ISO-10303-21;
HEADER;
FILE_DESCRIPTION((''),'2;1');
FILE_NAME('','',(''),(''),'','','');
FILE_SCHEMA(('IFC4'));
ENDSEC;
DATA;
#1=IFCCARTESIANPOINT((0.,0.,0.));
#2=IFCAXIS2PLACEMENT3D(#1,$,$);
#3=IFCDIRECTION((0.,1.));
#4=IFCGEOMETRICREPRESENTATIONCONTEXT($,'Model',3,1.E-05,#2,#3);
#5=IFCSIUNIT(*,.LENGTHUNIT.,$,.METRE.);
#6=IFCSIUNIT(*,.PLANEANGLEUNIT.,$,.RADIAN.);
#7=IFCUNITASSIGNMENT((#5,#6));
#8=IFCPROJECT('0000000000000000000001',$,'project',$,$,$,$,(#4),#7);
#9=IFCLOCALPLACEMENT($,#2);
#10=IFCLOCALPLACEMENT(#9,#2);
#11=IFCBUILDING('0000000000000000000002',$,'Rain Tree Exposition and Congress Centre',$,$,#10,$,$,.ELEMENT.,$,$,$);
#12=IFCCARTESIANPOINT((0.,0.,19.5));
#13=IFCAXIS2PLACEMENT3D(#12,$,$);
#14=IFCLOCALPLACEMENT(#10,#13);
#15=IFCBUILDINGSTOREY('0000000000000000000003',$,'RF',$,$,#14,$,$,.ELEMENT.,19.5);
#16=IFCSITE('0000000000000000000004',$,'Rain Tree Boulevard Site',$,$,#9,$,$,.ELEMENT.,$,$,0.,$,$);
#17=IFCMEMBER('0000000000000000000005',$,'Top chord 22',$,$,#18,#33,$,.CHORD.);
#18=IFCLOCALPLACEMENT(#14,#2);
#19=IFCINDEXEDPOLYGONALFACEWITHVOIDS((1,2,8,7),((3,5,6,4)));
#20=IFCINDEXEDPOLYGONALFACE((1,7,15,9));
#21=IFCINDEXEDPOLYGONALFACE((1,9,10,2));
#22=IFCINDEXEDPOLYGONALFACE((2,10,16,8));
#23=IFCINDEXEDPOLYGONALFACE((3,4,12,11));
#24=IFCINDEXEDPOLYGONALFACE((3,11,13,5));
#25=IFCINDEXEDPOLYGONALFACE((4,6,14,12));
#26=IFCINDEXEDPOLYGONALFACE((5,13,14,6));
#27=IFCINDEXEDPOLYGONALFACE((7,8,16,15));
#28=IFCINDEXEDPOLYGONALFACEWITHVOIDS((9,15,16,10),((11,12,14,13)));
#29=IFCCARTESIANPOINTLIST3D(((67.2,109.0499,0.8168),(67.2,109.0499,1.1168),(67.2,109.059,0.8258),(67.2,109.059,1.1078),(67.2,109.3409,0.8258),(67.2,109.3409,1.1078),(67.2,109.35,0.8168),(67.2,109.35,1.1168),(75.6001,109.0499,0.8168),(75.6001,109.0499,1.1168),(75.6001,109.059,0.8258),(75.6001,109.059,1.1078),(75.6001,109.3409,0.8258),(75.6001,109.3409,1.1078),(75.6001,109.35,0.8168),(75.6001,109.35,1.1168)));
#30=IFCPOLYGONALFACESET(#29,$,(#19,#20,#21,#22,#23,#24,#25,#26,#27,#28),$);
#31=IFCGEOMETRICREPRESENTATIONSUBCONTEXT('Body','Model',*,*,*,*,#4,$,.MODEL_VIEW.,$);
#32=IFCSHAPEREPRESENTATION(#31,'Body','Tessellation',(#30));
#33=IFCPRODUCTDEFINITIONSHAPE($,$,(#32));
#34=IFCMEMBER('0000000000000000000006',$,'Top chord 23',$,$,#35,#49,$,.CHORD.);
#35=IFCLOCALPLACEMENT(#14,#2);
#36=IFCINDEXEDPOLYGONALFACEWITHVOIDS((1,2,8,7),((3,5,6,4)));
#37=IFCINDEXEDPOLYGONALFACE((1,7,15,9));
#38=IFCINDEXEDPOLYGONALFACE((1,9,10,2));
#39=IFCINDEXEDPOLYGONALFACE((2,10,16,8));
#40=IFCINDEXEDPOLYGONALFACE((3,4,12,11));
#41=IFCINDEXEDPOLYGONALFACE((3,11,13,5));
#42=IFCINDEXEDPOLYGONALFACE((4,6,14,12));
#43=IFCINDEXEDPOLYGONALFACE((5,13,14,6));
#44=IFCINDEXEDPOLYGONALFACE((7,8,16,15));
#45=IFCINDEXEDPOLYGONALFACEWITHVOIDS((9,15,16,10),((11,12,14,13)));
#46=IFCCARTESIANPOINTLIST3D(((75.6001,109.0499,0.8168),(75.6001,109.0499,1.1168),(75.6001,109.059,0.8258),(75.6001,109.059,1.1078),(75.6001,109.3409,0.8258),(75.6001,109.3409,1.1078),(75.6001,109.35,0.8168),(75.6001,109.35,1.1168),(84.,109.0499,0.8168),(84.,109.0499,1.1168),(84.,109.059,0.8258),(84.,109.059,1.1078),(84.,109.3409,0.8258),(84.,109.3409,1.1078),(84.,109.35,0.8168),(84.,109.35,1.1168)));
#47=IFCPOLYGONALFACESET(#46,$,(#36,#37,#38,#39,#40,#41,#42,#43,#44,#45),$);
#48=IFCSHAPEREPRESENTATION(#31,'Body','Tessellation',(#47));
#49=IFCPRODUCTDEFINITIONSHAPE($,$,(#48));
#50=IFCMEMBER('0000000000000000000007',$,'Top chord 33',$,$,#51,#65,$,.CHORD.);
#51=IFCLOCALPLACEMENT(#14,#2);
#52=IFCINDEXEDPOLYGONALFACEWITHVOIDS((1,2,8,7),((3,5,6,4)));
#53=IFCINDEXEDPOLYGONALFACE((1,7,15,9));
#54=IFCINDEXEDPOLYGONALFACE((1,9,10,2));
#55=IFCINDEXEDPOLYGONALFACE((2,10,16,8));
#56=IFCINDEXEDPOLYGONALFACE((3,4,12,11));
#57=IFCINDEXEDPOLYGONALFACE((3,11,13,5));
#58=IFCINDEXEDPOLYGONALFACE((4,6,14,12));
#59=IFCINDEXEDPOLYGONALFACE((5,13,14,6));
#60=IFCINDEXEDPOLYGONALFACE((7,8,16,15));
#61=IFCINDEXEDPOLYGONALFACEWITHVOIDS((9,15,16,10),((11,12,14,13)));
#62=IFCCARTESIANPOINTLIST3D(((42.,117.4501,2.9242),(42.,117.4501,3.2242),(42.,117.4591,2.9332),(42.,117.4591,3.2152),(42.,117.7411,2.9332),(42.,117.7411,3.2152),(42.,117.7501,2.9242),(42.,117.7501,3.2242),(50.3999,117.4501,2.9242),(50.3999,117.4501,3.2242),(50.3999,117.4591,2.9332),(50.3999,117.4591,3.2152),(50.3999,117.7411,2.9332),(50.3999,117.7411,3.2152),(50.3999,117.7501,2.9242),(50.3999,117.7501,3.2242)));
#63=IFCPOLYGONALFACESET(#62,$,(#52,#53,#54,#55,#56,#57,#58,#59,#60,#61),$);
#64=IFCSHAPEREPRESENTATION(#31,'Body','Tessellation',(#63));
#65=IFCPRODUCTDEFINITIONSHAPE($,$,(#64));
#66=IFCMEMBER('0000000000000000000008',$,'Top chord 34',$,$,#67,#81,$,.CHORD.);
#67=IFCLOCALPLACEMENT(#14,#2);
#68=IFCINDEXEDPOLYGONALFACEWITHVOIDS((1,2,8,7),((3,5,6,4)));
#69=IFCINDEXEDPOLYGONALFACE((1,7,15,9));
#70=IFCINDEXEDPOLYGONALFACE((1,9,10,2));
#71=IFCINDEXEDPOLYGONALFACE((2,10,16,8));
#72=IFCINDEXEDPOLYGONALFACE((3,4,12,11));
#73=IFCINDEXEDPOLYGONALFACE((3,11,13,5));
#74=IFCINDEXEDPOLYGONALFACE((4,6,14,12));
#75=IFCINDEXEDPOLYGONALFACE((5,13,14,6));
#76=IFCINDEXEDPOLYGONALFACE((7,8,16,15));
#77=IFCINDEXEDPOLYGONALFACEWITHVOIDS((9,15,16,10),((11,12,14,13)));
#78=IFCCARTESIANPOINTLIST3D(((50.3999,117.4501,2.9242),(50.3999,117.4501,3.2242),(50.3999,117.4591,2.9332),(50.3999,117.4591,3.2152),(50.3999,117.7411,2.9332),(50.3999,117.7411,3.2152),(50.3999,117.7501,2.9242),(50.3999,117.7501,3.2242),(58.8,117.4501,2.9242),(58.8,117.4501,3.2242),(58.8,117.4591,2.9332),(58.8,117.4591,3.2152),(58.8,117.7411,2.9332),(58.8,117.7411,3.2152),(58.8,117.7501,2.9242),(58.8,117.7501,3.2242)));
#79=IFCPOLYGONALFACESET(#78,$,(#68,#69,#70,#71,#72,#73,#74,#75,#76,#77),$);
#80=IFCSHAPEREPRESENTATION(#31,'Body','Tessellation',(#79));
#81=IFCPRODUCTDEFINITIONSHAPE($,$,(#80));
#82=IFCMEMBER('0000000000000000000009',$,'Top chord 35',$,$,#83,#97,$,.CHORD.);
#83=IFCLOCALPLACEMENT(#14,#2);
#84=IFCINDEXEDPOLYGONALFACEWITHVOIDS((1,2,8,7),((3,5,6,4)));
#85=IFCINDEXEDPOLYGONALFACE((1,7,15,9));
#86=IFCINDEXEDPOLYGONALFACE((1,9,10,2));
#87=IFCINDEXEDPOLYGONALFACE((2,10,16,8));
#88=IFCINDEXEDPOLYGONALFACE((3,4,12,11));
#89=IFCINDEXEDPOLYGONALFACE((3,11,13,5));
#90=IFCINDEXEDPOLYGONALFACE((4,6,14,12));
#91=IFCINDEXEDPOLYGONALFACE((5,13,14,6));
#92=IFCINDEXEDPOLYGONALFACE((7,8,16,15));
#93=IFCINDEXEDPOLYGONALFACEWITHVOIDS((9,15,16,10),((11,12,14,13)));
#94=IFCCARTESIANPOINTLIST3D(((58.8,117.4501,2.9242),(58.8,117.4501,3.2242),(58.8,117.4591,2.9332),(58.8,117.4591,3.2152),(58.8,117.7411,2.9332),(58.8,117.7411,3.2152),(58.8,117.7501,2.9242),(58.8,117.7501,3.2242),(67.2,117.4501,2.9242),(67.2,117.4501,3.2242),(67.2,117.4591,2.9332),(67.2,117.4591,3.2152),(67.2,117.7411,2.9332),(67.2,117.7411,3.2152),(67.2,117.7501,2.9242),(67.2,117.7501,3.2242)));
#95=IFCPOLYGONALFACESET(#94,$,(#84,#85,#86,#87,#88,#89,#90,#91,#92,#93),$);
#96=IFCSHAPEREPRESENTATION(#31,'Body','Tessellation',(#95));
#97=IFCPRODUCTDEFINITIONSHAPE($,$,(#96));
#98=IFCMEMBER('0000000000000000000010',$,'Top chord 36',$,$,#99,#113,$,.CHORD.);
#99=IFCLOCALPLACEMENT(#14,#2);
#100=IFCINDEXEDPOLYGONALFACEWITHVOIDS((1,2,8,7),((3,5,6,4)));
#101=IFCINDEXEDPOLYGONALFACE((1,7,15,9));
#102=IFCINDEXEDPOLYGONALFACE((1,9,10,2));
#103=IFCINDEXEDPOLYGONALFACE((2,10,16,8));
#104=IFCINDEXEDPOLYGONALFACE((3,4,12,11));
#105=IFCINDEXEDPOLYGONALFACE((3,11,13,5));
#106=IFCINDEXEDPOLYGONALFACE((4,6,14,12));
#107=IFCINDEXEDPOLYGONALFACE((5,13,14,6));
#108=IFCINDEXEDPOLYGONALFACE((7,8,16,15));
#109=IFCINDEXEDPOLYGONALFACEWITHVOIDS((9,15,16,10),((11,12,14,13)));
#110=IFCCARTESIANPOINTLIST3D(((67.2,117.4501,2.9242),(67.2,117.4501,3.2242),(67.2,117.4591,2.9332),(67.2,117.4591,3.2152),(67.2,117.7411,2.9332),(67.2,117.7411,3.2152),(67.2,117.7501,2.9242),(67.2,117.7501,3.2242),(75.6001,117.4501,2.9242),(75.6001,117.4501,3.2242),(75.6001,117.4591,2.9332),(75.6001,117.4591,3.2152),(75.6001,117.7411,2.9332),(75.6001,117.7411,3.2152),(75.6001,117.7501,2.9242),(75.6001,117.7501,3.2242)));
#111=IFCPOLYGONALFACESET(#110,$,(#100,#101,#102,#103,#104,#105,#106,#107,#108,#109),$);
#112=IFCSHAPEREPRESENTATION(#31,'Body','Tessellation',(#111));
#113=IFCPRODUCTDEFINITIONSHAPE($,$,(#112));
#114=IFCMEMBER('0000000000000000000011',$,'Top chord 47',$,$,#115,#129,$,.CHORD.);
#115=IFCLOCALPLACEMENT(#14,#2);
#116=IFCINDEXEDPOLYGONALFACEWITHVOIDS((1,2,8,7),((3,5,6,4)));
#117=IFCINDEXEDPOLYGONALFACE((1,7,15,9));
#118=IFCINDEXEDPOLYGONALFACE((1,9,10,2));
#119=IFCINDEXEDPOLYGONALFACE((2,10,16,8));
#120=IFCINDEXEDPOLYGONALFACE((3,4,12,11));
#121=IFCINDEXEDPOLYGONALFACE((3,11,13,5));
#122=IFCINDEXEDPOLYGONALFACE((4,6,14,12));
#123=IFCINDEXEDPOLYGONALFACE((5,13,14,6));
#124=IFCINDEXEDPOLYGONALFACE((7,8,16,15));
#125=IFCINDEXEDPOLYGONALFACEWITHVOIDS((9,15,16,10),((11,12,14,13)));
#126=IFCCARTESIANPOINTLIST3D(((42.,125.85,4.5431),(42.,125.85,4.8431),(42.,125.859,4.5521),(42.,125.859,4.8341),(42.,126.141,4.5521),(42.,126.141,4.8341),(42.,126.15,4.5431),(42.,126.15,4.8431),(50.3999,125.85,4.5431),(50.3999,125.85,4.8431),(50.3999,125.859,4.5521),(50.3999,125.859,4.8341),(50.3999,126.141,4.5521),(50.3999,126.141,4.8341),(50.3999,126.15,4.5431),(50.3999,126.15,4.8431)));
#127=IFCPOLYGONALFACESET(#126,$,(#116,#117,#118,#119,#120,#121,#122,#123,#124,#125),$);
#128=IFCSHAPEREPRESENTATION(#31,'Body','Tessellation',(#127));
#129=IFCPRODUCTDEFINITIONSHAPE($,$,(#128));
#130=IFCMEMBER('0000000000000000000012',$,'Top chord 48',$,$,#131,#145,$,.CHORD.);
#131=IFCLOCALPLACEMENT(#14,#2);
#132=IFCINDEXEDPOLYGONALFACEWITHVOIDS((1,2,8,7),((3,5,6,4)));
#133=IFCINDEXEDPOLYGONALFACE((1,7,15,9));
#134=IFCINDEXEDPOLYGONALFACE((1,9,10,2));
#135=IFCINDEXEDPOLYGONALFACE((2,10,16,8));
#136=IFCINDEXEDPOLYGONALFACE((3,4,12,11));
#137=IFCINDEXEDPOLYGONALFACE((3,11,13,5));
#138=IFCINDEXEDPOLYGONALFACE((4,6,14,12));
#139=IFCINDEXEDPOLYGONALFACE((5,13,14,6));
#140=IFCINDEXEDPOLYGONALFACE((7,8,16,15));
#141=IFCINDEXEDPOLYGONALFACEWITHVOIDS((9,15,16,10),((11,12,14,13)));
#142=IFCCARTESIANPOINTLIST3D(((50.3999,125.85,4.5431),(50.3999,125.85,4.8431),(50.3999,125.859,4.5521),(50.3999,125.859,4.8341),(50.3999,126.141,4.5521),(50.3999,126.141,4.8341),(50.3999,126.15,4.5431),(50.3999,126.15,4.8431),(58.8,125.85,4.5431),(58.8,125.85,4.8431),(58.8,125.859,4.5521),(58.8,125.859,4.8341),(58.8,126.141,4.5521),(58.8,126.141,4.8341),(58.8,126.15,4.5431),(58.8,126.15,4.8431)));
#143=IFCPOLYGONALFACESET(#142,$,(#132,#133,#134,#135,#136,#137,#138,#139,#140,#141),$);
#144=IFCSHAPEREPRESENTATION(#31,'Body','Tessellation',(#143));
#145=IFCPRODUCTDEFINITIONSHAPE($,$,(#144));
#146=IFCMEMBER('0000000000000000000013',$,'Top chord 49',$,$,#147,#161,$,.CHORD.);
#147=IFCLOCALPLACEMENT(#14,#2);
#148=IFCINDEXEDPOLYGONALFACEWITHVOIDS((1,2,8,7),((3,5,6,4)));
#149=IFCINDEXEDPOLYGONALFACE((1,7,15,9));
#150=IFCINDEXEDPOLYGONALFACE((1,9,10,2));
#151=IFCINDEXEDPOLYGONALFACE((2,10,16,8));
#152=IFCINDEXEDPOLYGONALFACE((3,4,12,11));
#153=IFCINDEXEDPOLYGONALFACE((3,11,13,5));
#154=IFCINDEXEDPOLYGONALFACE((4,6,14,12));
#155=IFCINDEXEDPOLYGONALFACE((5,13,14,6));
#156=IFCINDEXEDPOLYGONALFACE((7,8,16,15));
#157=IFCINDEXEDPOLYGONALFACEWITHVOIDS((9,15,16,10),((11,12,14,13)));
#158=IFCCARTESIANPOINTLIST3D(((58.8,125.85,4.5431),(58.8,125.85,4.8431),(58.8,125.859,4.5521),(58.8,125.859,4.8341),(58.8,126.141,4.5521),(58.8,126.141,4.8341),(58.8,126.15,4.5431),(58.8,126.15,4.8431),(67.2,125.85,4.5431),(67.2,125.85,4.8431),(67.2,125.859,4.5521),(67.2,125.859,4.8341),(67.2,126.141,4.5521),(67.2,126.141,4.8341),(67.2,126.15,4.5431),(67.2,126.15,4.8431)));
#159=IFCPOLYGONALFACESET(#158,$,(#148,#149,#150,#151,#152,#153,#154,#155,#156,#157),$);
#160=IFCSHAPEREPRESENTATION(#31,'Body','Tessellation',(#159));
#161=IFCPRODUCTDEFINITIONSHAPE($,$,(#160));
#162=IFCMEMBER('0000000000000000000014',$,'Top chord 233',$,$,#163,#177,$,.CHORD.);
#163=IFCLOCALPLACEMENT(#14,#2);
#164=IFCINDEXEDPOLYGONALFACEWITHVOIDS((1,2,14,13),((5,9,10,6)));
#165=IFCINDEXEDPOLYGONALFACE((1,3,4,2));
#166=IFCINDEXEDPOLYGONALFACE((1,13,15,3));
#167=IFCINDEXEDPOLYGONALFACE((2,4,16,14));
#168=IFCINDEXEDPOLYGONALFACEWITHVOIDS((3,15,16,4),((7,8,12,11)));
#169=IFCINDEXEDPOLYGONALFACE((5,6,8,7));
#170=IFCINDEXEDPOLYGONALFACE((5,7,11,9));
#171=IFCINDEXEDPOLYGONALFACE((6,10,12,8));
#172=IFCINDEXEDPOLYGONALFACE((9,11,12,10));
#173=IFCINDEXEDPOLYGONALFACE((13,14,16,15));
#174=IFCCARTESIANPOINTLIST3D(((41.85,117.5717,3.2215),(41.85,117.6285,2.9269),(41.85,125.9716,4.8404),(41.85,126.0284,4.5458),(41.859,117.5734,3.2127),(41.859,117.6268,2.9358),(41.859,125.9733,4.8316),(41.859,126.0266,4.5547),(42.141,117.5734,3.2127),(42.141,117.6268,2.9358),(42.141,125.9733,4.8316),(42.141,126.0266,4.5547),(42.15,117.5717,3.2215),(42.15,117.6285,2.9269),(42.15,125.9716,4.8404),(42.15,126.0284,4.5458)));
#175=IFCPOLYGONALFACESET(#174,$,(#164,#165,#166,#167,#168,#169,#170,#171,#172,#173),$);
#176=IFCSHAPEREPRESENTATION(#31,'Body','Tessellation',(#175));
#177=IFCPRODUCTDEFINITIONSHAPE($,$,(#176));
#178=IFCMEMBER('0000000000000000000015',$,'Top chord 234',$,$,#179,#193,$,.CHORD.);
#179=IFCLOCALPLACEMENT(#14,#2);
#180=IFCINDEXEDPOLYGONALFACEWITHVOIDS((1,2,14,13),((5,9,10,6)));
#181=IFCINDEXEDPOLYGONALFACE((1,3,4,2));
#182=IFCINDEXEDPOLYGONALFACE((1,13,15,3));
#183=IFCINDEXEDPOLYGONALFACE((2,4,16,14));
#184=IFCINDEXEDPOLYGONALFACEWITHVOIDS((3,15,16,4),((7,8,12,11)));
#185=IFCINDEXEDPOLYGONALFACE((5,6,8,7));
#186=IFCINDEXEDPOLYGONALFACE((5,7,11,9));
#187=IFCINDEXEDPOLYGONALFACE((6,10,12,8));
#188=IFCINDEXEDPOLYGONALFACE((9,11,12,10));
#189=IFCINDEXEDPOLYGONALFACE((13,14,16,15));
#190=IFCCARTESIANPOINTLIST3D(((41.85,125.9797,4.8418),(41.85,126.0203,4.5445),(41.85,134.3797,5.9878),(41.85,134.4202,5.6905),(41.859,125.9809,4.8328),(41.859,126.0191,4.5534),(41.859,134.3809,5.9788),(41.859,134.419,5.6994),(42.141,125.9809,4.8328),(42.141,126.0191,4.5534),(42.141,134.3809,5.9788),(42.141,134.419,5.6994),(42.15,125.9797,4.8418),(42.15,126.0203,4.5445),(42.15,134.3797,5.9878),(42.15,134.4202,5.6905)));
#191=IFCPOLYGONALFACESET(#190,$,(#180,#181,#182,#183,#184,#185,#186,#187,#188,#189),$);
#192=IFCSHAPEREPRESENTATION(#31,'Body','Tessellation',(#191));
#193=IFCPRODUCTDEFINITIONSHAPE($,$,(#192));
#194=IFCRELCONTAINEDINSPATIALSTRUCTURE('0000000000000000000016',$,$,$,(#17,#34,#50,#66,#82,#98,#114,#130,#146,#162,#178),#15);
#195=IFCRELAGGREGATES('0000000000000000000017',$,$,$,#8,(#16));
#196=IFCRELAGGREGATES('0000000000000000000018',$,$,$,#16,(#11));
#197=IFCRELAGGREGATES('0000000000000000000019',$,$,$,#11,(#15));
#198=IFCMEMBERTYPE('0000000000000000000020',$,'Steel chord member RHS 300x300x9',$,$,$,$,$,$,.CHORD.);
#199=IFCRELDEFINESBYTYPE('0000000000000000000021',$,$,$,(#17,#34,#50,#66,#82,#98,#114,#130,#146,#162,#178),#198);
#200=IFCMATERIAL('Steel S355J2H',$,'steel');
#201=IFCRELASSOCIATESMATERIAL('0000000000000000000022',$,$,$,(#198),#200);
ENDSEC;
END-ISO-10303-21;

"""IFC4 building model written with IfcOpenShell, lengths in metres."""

from ifc_helpers import new_model, si_unit, direction, frame, origin, origin_2d, place, context, subcontext, project, spatial, hollow_rectangle, extrude, material, material_profile, profile_set, type_object, element, save


model = new_model("IFC4")

# Units and contexts
model_context = context("Model", 3, precision=1e-05, world=origin(), true_north=direction((0.0, 1.0)))
body_context = subcontext(model_context, "Body", "Model", "MODEL_VIEW")
ifc_project = project(units=[si_unit("LENGTHUNIT", "METRE"), si_unit("PLANEANGLEUNIT", "RADIAN")], contexts=[model_context])

# Site, building, storey
site_placement = place(None, origin())
site = spatial("IfcSite", under=ifc_project, at=site_placement, Name="Rain Tree Boulevard Site", CompositionType="ELEMENT", RefElevation=0.0)
building_placement = place(site_placement, origin())
building = spatial("IfcBuilding", under=site, at=building_placement, Name="Rain Tree Exposition and Congress Centre", CompositionType="ELEMENT")
storey_placement = place(building_placement, frame((0.0, 0.0, 19.5)))
storey = spatial("IfcBuildingStorey", under=building, at=storey_placement, Name="RF", CompositionType="ELEMENT", Elevation=19.5)

# Members
ifc_material_1 = material(Name="Steel S355J2H", Category="steel")
ifc_material_profile_1 = material_profile(ifc_material_1, hollow_rectangle(XDim=0.3, YDim=0.3, WallThickness=0.009, at=origin_2d()), Name="RHS 300x300x9")
ifc_profile_set_1 = profile_set([ifc_material_profile_1], Name="Steel S355J2H")
member_type = type_object("IfcMemberType", Name="Steel chord member RHS 300x300x9", PredefinedType="CHORD", material=ifc_profile_set_1)
member_1_placement = place(storey_placement, frame((67.2, 109.2, 0.9668), z_axis=(1.0, 0.0, 0.0), x_axis=(0.0, 1.0, 0.0)))
element("IfcMember", 1, at=member_1_placement, inside=storey, type_object=member_type, Name="Top chord 22", PredefinedType="CHORD", context=body_context, shape_type="SweptSolid", body=[
    extrude(hollow_rectangle(XDim=0.3, YDim=0.3, WallThickness=0.009, at=origin_2d()), origin(), (0.0, 0.0, 1.0), 8.4001),
])
for number, where, z_axis, x_axis, name in (
    (2, (75.6001, 109.2, 0.9668), (1.0, 0.0, 0.0), (0.0, 1.0, 0.0), "Top chord 23"),
    (3, (42.0, 117.6001, 3.0742), (1.0, 0.0, 0.0), (0.0, 1.0, 0.0), "Top chord 33"),
):
    element("IfcMember", number, at=place(storey_placement, frame(where, z_axis=z_axis, x_axis=x_axis)), inside=storey, type_object=member_type, Name=name, PredefinedType="CHORD", context=body_context, shape_type="SweptSolid", body=[
        extrude(hollow_rectangle(XDim=0.3, YDim=0.3, WallThickness=0.009, at=origin_2d()), origin(), (0.0, 0.0, 1.0), 8.3999),
    ])
member_2_placement = place(storey_placement, frame((50.3999, 117.6001, 3.0742), z_axis=(1.0, 0.0, 0.0), x_axis=(0.0, 1.0, 0.0)))
element("IfcMember", 4, at=member_2_placement, inside=storey, type_object=member_type, Name="Top chord 34", PredefinedType="CHORD", context=body_context, shape_type="SweptSolid", body=[
    extrude(hollow_rectangle(XDim=0.3, YDim=0.3, WallThickness=0.009, at=origin_2d()), origin(), (0.0, 0.0, 1.0), 8.4001),
])
member_3_placement = place(storey_placement, frame((58.8, 117.6001, 3.0742), z_axis=(1.0, 0.0, 0.0), x_axis=(0.0, 1.0, 0.0)))
element("IfcMember", 5, at=member_3_placement, inside=storey, type_object=member_type, Name="Top chord 35", PredefinedType="CHORD", context=body_context, shape_type="SweptSolid", body=[
    extrude(hollow_rectangle(XDim=0.3, YDim=0.3, WallThickness=0.009, at=origin_2d()), origin(), (0.0, 0.0, 1.0), 8.3999),
])
member_4_placement = place(storey_placement, frame((67.2, 117.6001, 3.0742), z_axis=(1.0, 0.0, 0.0), x_axis=(0.0, 1.0, 0.0)))
element("IfcMember", 6, at=member_4_placement, inside=storey, type_object=member_type, Name="Top chord 36", PredefinedType="CHORD", context=body_context, shape_type="SweptSolid", body=[
    extrude(hollow_rectangle(XDim=0.3, YDim=0.3, WallThickness=0.009, at=origin_2d()), origin(), (0.0, 0.0, 1.0), 8.4001),
])
member_5_placement = place(storey_placement, frame((42.0, 126.0, 4.6931), z_axis=(1.0, 0.0, 0.0), x_axis=(0.0, 1.0, 0.0)))
element("IfcMember", 7, at=member_5_placement, inside=storey, type_object=member_type, Name="Top chord 47", PredefinedType="CHORD", context=body_context, shape_type="SweptSolid", body=[
    extrude(hollow_rectangle(XDim=0.3, YDim=0.3, WallThickness=0.009, at=origin_2d()), origin(), (0.0, 0.0, 1.0), 8.3999),
])
member_6_placement = place(storey_placement, frame((50.3999, 126.0, 4.6931), z_axis=(1.0, 0.0, 0.0), x_axis=(0.0, 1.0, 0.0)))
element("IfcMember", 8, at=member_6_placement, inside=storey, type_object=member_type, Name="Top chord 48", PredefinedType="CHORD", context=body_context, shape_type="SweptSolid", body=[
    extrude(hollow_rectangle(XDim=0.3, YDim=0.3, WallThickness=0.009, at=origin_2d()), origin(), (0.0, 0.0, 1.0), 8.4001),
])
member_7_placement = place(storey_placement, frame((58.8, 126.0, 4.6931), z_axis=(1.0, 0.0, 0.0), x_axis=(0.0, 1.0, 0.0)))
element("IfcMember", 9, at=member_7_placement, inside=storey, type_object=member_type, Name="Top chord 49", PredefinedType="CHORD", context=body_context, shape_type="SweptSolid", body=[
    extrude(hollow_rectangle(XDim=0.3, YDim=0.3, WallThickness=0.009, at=origin_2d()), origin(), (0.0, 0.0, 1.0), 8.3999),
])
member_8_placement = place(storey_placement, frame((42.0, 117.6001, 3.0742), z_axis=(0.0, 0.98193, 0.189245), x_axis=(-1.0, 0.0, 0.0)))
element("IfcMember", 10, at=member_8_placement, inside=storey, type_object=member_type, Name="Top chord 233", PredefinedType="CHORD", context=body_context, shape_type="SweptSolid", body=[
    extrude(hollow_rectangle(XDim=0.3, YDim=0.3, WallThickness=0.009, at=origin_2d()), origin(), (0.0, 0.0, 1.0), 8.5544),
])
member_9_placement = place(storey_placement, frame((42.0, 126.0, 4.6931), z_axis=(0.0, 0.990821, 0.135177), x_axis=(-1.0, 0.0, 0.0)))
element("IfcMember", 11, at=member_9_placement, inside=storey, type_object=member_type, Name="Top chord 234", PredefinedType="CHORD", context=body_context, shape_type="SweptSolid", body=[
    extrude(hollow_rectangle(XDim=0.3, YDim=0.3, WallThickness=0.009, at=origin_2d()), origin(), (0.0, 0.0, 1.0), 8.4778),
])

save(model, "model.ifc")
